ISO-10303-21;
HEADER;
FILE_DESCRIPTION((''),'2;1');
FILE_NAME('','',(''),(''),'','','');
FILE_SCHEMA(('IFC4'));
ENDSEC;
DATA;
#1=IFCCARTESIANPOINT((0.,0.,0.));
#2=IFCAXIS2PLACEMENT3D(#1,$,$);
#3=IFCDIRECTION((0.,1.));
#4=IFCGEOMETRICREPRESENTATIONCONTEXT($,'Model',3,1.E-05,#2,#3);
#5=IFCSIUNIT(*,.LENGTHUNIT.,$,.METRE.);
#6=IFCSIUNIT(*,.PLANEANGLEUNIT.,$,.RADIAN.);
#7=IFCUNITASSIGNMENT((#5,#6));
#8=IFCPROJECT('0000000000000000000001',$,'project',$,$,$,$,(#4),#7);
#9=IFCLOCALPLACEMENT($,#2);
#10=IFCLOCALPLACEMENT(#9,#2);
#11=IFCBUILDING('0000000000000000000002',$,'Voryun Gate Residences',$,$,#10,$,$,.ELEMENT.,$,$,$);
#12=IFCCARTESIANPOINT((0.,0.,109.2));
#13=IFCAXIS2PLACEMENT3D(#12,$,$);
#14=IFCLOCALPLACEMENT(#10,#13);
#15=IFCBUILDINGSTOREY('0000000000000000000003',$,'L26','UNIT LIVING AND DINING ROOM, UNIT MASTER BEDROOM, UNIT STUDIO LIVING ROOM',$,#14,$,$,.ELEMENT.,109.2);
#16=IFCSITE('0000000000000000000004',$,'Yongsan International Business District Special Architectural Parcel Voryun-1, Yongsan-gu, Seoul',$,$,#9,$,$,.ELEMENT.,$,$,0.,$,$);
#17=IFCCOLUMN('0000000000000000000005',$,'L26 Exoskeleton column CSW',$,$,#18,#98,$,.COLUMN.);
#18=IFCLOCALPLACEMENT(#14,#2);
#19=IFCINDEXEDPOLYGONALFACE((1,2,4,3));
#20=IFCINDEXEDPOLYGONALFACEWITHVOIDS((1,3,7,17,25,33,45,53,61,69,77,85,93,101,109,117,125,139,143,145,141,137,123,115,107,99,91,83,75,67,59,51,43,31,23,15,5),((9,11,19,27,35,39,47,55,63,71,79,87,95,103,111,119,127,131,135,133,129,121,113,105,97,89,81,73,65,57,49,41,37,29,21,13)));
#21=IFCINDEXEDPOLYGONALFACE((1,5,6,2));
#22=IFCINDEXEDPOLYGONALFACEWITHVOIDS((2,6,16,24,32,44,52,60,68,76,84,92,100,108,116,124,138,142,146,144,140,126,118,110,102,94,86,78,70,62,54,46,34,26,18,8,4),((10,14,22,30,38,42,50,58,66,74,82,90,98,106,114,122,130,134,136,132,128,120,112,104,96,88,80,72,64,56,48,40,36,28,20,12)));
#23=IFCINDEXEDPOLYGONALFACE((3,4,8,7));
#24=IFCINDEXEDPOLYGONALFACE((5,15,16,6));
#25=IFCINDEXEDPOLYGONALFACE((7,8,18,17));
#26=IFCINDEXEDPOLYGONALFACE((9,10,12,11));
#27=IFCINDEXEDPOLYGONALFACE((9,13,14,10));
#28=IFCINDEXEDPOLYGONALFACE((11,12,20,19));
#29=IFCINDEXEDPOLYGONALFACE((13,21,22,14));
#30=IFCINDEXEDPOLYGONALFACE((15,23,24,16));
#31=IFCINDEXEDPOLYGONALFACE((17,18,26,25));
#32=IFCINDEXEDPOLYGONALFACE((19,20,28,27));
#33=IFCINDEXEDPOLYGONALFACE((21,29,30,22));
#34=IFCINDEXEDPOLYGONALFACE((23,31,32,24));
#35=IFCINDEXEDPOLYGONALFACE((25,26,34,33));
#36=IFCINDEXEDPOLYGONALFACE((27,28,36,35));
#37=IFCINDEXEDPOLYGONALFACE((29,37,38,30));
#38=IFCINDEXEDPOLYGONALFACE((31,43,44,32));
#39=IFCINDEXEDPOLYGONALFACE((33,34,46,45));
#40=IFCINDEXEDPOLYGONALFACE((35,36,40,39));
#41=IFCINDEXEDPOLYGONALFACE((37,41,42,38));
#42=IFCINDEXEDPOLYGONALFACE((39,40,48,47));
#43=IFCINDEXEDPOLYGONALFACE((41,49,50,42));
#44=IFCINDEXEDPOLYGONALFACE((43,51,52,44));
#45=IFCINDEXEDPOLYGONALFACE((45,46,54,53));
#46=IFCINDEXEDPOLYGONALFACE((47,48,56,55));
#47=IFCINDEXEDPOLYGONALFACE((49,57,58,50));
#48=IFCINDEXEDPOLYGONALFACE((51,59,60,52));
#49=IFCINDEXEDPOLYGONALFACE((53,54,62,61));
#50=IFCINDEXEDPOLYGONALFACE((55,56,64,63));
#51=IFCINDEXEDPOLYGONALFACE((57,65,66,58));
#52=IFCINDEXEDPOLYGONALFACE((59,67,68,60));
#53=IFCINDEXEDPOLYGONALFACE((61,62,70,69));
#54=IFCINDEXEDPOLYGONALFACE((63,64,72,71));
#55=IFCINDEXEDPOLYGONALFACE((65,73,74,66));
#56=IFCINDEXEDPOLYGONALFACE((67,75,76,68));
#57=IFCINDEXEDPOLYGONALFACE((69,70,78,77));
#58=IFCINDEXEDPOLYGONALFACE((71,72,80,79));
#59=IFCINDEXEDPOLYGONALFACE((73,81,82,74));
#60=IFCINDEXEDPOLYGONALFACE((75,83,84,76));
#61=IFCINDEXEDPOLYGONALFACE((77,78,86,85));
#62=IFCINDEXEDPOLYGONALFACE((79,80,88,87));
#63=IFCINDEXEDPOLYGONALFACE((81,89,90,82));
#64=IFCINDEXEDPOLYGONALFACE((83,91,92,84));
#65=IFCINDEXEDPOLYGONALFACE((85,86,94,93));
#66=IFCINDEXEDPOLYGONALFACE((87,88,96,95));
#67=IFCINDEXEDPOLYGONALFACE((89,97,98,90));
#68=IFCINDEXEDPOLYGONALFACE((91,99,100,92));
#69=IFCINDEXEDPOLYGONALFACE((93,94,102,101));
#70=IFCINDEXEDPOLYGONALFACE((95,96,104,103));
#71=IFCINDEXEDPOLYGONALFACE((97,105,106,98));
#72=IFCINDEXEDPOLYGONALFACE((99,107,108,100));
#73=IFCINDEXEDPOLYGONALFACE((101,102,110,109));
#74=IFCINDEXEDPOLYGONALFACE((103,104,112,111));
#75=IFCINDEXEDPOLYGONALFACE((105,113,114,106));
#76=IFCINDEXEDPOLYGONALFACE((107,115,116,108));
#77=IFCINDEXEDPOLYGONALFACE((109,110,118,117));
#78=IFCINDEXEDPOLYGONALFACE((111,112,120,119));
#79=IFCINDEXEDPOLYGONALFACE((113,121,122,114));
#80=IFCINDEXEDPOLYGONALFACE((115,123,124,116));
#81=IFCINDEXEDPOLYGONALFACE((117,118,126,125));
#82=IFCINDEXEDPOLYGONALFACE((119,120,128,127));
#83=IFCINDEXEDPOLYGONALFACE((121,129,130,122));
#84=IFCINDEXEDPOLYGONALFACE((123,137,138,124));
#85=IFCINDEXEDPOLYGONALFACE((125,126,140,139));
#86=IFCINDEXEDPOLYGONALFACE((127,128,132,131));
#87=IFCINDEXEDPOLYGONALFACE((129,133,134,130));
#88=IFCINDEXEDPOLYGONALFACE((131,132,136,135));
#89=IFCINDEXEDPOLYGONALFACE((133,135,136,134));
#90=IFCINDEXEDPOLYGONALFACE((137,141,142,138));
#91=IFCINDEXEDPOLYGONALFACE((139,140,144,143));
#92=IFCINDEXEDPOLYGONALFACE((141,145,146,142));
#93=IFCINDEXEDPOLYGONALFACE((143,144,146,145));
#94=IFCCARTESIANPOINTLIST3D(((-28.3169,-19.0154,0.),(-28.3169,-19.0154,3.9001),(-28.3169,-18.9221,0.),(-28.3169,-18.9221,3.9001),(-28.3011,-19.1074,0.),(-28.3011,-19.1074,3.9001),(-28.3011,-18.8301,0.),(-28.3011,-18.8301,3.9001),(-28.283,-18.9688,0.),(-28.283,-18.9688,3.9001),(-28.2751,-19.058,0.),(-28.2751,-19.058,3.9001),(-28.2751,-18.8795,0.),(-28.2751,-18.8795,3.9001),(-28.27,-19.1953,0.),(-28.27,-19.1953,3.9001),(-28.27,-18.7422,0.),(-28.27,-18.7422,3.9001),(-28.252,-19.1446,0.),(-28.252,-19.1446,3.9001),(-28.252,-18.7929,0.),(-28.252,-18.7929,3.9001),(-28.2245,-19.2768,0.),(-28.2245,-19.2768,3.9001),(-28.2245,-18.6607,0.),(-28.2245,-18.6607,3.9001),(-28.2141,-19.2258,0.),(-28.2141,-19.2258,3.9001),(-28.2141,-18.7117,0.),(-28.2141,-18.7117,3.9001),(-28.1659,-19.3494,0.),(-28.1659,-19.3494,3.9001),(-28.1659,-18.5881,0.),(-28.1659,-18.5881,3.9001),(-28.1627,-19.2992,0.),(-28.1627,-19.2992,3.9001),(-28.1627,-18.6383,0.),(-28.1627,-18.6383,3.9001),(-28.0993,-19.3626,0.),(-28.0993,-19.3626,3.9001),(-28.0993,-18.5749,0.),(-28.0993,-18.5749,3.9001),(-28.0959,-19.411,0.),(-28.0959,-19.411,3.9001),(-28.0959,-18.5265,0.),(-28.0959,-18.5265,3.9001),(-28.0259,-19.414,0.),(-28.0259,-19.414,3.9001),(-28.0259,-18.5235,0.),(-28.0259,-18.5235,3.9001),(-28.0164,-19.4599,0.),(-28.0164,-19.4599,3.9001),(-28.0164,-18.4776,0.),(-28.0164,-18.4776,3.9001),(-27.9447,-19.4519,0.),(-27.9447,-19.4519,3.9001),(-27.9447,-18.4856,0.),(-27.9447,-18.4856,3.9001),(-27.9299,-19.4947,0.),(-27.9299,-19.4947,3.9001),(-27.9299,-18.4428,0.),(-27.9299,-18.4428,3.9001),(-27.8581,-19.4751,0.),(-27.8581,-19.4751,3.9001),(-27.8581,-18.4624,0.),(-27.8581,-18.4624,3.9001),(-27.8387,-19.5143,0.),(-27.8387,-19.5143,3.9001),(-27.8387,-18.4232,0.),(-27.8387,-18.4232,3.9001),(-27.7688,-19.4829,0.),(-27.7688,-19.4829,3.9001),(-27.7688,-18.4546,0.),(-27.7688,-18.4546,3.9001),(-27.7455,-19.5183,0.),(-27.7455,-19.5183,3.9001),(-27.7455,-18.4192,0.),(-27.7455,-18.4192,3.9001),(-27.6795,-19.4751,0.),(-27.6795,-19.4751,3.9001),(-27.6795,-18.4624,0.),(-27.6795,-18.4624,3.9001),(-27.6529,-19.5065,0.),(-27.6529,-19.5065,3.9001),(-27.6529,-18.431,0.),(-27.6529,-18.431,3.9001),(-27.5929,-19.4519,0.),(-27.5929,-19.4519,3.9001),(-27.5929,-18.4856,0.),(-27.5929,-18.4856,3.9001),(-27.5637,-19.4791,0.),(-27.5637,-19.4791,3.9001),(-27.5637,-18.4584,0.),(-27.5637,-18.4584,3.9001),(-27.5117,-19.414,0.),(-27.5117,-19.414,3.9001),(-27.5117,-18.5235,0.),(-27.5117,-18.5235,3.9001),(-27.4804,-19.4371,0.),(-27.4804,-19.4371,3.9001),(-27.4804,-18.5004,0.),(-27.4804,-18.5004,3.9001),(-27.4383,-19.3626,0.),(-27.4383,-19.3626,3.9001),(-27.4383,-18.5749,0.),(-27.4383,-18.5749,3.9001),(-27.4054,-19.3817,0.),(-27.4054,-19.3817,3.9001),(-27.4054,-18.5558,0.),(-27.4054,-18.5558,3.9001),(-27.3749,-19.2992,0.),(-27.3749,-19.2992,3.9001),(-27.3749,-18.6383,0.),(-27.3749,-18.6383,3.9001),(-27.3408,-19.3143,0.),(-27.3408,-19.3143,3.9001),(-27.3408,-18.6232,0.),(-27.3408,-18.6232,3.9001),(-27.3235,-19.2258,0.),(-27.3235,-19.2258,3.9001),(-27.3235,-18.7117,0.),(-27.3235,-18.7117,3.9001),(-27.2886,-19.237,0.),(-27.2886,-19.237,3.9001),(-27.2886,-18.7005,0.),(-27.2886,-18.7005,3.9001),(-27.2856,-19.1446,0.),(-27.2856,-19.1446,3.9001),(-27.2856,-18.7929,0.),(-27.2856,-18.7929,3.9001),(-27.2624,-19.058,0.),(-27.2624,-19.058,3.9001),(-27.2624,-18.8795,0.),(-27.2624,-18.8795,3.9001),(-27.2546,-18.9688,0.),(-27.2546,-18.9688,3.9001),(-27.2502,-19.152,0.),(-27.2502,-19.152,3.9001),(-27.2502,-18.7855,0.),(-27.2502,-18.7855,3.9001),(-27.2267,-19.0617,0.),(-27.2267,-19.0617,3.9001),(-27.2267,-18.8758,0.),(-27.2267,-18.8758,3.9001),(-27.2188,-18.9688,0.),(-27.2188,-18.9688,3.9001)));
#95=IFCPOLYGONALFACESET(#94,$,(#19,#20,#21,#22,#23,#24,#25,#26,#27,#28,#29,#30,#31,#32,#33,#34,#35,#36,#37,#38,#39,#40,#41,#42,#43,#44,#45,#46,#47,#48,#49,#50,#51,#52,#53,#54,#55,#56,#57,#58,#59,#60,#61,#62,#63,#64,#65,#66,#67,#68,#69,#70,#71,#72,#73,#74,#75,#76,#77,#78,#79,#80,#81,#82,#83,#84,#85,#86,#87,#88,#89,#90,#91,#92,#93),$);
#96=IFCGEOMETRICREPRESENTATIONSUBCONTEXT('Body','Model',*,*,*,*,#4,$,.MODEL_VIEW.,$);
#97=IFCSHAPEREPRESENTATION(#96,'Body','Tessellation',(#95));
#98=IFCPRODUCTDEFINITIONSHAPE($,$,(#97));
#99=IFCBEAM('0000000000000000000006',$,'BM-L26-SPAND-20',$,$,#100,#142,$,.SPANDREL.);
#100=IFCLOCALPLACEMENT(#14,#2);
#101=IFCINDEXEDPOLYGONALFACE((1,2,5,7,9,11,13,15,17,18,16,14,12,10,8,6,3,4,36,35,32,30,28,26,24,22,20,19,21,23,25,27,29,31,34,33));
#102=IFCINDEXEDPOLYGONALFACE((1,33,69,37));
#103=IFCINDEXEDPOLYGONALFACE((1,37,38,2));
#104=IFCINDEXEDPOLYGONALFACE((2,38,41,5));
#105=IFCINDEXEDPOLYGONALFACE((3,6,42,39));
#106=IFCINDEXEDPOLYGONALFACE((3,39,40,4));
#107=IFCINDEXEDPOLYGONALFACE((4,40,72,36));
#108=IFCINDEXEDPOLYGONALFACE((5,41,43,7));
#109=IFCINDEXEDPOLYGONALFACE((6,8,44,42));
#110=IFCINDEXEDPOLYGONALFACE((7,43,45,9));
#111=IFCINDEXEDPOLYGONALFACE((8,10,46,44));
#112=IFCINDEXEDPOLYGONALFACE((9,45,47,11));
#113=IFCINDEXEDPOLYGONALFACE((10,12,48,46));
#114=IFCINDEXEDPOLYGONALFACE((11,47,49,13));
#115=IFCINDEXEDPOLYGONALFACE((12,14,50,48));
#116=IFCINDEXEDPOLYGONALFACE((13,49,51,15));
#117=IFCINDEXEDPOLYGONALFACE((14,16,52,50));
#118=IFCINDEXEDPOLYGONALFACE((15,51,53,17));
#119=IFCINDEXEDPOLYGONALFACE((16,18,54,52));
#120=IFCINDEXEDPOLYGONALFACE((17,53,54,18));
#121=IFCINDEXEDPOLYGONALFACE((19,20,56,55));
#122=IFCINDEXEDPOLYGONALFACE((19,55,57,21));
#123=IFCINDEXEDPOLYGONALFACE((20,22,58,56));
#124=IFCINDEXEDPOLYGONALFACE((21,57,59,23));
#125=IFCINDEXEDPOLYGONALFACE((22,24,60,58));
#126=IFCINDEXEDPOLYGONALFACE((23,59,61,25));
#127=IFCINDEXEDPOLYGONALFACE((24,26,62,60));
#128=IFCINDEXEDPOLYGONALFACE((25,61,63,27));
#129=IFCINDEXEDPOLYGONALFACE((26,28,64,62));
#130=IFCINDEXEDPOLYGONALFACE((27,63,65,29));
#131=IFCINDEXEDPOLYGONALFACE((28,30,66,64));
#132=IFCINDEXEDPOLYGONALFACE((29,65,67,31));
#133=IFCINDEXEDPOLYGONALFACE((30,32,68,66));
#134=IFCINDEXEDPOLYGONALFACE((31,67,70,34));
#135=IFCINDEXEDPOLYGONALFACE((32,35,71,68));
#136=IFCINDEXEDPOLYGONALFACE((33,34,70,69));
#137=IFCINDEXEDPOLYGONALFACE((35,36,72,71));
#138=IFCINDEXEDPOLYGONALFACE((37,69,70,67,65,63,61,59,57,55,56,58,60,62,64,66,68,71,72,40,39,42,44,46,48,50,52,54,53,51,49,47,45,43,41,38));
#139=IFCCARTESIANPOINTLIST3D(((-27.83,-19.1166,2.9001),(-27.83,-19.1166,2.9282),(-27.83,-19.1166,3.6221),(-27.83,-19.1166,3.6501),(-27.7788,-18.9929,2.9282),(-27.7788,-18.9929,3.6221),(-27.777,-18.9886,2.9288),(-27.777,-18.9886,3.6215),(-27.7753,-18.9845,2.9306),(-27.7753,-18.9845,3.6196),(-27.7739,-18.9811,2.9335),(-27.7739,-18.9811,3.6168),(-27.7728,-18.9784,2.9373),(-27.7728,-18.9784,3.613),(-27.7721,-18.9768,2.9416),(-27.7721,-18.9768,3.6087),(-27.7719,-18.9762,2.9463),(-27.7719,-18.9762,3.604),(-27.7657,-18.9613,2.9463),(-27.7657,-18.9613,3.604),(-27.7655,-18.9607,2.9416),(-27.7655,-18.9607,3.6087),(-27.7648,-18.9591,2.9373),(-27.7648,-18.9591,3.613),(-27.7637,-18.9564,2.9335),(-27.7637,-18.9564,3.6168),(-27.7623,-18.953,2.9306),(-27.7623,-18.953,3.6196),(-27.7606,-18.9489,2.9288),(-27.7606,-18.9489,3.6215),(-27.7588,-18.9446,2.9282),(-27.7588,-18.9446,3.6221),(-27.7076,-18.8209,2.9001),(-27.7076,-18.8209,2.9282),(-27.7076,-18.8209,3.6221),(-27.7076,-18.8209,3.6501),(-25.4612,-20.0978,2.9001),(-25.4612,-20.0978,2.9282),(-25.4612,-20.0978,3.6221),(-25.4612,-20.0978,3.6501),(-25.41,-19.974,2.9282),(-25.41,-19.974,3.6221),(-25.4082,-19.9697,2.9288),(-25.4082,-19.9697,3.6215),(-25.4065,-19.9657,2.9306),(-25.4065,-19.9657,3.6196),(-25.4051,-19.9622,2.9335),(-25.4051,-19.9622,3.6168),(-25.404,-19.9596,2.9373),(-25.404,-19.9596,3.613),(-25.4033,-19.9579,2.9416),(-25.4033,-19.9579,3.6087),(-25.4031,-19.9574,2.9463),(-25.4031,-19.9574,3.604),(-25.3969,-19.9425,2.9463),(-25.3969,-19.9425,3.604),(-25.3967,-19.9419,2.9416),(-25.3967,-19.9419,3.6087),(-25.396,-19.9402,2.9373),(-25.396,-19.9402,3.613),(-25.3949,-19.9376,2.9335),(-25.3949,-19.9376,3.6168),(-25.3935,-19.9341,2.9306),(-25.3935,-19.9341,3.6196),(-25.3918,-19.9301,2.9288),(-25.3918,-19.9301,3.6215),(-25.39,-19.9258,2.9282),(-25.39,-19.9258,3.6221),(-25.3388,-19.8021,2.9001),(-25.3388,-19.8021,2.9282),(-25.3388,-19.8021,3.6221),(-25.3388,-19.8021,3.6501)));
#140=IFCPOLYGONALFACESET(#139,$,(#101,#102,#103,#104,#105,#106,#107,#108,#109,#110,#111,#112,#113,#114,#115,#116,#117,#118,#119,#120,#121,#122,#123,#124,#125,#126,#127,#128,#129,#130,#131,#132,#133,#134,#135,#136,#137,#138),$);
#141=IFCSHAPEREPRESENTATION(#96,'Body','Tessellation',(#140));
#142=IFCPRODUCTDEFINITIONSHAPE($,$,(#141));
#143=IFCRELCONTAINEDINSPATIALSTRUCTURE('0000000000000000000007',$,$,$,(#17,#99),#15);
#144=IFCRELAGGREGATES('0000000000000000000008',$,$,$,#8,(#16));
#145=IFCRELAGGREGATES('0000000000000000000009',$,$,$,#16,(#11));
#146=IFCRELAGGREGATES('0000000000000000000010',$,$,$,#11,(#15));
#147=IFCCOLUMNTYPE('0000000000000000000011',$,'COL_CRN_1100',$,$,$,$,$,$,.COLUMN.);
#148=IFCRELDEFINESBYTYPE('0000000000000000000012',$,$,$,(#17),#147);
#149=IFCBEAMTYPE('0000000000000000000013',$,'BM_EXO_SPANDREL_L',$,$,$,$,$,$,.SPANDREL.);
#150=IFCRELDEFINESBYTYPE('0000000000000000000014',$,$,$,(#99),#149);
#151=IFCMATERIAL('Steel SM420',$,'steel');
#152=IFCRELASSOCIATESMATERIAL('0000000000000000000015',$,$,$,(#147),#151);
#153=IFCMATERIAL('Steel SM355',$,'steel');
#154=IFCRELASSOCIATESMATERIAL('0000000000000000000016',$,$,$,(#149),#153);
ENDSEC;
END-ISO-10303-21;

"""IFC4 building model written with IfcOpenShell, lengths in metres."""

from ifc_helpers import new_model, si_unit, direction, frame, origin, origin_2d, place, context, subcontext, project, spatial, hollow_circle, i_section, extrude, material, material_profile, profile_set, type_object, element, save


model = new_model("IFC4")

# Units and contexts
model_context = context("Model", 3, precision=1e-05, world=origin(), true_north=direction((0.0, 1.0)))
body_context = subcontext(model_context, "Body", "Model", "MODEL_VIEW")
ifc_project = project(units=[si_unit("LENGTHUNIT", "METRE"), si_unit("PLANEANGLEUNIT", "RADIAN")], contexts=[model_context])

# Site, building, storey
site_placement = place(None, origin())
site = spatial("IfcSite", under=ifc_project, at=site_placement, Name="Yongsan International Business District Special Architectural Parcel Voryun-1, Yongsan-gu, Seoul", CompositionType="ELEMENT", RefElevation=0.0)
building_placement = place(site_placement, origin())
building = spatial("IfcBuilding", under=site, at=building_placement, Name="Voryun Gate Residences", CompositionType="ELEMENT")
storey_placement = place(building_placement, frame((0.0, 0.0, 109.2)))
storey = spatial("IfcBuildingStorey", under=building, at=storey_placement, Name="L26", Description="UNIT LIVING AND DINING ROOM, UNIT MASTER BEDROOM, UNIT STUDIO LIVING ROOM", CompositionType="ELEMENT", Elevation=109.2)

# Column
ifc_material_1 = material(Name="Steel SM420", Category="steel")
ifc_material_profile_1 = material_profile(ifc_material_1, hollow_circle(Radius=0.55, WallThickness=0.0359, at=origin_2d()), Name="CHS-1100x36")
ifc_profile_set_1 = profile_set([ifc_material_profile_1], Name="Steel SM420")
column_type = type_object("IfcColumnType", Name="COL_CRN_1100", PredefinedType="COLUMN", material=ifc_profile_set_1)
column_placement = place(storey_placement, frame((-27.7688, -18.9688, 0.0), z_axis=(0.0, 0.0, 1.0), x_axis=(1.0, 0.0, 0.0)))
element("IfcColumn", 1, at=column_placement, inside=storey, type_object=column_type, Name="L26 Exoskeleton column CSW", PredefinedType="COLUMN", context=body_context, shape_type="SweptSolid", body=[
    extrude(hollow_circle(Radius=0.55, WallThickness=0.0359, at=origin_2d()), origin(), (0.0, 0.0, 1.0), 3.9001),
])

# Beam
ifc_material_2 = material(Name="Steel SM355", Category="steel")
ifc_material_profile_2 = material_profile(ifc_material_2, i_section(OverallWidth=0.3201, OverallDepth=0.75, WebThickness=0.0161, FlangeThickness=0.0281, FilletRadius=0.0181, at=origin_2d()), Name="H-750x320x16x28")
ifc_profile_set_2 = profile_set([ifc_material_profile_2], Name="Steel SM355")
beam_type = type_object("IfcBeamType", Name="BM_EXO_SPANDREL_L", PredefinedType="SPANDREL", material=ifc_profile_set_2)
beam_placement = place(storey_placement, frame((-27.7688, -18.9688, 3.2751), z_axis=(0.923883, -0.382674, 0.0), x_axis=(0.382674, 0.923883, 0.0)))
element("IfcBeam", 2, at=beam_placement, inside=storey, type_object=beam_type, Name="BM-L26-SPAND-20", PredefinedType="SPANDREL", context=body_context, shape_type="SweptSolid", body=[
    extrude(i_section(OverallWidth=0.3201, OverallDepth=0.75, WebThickness=0.0161, FlangeThickness=0.0281, FilletRadius=0.0181, at=origin_2d()), origin(), (0.0, 0.0, 1.0), 2.564),
])

save(model, "model.ifc")
